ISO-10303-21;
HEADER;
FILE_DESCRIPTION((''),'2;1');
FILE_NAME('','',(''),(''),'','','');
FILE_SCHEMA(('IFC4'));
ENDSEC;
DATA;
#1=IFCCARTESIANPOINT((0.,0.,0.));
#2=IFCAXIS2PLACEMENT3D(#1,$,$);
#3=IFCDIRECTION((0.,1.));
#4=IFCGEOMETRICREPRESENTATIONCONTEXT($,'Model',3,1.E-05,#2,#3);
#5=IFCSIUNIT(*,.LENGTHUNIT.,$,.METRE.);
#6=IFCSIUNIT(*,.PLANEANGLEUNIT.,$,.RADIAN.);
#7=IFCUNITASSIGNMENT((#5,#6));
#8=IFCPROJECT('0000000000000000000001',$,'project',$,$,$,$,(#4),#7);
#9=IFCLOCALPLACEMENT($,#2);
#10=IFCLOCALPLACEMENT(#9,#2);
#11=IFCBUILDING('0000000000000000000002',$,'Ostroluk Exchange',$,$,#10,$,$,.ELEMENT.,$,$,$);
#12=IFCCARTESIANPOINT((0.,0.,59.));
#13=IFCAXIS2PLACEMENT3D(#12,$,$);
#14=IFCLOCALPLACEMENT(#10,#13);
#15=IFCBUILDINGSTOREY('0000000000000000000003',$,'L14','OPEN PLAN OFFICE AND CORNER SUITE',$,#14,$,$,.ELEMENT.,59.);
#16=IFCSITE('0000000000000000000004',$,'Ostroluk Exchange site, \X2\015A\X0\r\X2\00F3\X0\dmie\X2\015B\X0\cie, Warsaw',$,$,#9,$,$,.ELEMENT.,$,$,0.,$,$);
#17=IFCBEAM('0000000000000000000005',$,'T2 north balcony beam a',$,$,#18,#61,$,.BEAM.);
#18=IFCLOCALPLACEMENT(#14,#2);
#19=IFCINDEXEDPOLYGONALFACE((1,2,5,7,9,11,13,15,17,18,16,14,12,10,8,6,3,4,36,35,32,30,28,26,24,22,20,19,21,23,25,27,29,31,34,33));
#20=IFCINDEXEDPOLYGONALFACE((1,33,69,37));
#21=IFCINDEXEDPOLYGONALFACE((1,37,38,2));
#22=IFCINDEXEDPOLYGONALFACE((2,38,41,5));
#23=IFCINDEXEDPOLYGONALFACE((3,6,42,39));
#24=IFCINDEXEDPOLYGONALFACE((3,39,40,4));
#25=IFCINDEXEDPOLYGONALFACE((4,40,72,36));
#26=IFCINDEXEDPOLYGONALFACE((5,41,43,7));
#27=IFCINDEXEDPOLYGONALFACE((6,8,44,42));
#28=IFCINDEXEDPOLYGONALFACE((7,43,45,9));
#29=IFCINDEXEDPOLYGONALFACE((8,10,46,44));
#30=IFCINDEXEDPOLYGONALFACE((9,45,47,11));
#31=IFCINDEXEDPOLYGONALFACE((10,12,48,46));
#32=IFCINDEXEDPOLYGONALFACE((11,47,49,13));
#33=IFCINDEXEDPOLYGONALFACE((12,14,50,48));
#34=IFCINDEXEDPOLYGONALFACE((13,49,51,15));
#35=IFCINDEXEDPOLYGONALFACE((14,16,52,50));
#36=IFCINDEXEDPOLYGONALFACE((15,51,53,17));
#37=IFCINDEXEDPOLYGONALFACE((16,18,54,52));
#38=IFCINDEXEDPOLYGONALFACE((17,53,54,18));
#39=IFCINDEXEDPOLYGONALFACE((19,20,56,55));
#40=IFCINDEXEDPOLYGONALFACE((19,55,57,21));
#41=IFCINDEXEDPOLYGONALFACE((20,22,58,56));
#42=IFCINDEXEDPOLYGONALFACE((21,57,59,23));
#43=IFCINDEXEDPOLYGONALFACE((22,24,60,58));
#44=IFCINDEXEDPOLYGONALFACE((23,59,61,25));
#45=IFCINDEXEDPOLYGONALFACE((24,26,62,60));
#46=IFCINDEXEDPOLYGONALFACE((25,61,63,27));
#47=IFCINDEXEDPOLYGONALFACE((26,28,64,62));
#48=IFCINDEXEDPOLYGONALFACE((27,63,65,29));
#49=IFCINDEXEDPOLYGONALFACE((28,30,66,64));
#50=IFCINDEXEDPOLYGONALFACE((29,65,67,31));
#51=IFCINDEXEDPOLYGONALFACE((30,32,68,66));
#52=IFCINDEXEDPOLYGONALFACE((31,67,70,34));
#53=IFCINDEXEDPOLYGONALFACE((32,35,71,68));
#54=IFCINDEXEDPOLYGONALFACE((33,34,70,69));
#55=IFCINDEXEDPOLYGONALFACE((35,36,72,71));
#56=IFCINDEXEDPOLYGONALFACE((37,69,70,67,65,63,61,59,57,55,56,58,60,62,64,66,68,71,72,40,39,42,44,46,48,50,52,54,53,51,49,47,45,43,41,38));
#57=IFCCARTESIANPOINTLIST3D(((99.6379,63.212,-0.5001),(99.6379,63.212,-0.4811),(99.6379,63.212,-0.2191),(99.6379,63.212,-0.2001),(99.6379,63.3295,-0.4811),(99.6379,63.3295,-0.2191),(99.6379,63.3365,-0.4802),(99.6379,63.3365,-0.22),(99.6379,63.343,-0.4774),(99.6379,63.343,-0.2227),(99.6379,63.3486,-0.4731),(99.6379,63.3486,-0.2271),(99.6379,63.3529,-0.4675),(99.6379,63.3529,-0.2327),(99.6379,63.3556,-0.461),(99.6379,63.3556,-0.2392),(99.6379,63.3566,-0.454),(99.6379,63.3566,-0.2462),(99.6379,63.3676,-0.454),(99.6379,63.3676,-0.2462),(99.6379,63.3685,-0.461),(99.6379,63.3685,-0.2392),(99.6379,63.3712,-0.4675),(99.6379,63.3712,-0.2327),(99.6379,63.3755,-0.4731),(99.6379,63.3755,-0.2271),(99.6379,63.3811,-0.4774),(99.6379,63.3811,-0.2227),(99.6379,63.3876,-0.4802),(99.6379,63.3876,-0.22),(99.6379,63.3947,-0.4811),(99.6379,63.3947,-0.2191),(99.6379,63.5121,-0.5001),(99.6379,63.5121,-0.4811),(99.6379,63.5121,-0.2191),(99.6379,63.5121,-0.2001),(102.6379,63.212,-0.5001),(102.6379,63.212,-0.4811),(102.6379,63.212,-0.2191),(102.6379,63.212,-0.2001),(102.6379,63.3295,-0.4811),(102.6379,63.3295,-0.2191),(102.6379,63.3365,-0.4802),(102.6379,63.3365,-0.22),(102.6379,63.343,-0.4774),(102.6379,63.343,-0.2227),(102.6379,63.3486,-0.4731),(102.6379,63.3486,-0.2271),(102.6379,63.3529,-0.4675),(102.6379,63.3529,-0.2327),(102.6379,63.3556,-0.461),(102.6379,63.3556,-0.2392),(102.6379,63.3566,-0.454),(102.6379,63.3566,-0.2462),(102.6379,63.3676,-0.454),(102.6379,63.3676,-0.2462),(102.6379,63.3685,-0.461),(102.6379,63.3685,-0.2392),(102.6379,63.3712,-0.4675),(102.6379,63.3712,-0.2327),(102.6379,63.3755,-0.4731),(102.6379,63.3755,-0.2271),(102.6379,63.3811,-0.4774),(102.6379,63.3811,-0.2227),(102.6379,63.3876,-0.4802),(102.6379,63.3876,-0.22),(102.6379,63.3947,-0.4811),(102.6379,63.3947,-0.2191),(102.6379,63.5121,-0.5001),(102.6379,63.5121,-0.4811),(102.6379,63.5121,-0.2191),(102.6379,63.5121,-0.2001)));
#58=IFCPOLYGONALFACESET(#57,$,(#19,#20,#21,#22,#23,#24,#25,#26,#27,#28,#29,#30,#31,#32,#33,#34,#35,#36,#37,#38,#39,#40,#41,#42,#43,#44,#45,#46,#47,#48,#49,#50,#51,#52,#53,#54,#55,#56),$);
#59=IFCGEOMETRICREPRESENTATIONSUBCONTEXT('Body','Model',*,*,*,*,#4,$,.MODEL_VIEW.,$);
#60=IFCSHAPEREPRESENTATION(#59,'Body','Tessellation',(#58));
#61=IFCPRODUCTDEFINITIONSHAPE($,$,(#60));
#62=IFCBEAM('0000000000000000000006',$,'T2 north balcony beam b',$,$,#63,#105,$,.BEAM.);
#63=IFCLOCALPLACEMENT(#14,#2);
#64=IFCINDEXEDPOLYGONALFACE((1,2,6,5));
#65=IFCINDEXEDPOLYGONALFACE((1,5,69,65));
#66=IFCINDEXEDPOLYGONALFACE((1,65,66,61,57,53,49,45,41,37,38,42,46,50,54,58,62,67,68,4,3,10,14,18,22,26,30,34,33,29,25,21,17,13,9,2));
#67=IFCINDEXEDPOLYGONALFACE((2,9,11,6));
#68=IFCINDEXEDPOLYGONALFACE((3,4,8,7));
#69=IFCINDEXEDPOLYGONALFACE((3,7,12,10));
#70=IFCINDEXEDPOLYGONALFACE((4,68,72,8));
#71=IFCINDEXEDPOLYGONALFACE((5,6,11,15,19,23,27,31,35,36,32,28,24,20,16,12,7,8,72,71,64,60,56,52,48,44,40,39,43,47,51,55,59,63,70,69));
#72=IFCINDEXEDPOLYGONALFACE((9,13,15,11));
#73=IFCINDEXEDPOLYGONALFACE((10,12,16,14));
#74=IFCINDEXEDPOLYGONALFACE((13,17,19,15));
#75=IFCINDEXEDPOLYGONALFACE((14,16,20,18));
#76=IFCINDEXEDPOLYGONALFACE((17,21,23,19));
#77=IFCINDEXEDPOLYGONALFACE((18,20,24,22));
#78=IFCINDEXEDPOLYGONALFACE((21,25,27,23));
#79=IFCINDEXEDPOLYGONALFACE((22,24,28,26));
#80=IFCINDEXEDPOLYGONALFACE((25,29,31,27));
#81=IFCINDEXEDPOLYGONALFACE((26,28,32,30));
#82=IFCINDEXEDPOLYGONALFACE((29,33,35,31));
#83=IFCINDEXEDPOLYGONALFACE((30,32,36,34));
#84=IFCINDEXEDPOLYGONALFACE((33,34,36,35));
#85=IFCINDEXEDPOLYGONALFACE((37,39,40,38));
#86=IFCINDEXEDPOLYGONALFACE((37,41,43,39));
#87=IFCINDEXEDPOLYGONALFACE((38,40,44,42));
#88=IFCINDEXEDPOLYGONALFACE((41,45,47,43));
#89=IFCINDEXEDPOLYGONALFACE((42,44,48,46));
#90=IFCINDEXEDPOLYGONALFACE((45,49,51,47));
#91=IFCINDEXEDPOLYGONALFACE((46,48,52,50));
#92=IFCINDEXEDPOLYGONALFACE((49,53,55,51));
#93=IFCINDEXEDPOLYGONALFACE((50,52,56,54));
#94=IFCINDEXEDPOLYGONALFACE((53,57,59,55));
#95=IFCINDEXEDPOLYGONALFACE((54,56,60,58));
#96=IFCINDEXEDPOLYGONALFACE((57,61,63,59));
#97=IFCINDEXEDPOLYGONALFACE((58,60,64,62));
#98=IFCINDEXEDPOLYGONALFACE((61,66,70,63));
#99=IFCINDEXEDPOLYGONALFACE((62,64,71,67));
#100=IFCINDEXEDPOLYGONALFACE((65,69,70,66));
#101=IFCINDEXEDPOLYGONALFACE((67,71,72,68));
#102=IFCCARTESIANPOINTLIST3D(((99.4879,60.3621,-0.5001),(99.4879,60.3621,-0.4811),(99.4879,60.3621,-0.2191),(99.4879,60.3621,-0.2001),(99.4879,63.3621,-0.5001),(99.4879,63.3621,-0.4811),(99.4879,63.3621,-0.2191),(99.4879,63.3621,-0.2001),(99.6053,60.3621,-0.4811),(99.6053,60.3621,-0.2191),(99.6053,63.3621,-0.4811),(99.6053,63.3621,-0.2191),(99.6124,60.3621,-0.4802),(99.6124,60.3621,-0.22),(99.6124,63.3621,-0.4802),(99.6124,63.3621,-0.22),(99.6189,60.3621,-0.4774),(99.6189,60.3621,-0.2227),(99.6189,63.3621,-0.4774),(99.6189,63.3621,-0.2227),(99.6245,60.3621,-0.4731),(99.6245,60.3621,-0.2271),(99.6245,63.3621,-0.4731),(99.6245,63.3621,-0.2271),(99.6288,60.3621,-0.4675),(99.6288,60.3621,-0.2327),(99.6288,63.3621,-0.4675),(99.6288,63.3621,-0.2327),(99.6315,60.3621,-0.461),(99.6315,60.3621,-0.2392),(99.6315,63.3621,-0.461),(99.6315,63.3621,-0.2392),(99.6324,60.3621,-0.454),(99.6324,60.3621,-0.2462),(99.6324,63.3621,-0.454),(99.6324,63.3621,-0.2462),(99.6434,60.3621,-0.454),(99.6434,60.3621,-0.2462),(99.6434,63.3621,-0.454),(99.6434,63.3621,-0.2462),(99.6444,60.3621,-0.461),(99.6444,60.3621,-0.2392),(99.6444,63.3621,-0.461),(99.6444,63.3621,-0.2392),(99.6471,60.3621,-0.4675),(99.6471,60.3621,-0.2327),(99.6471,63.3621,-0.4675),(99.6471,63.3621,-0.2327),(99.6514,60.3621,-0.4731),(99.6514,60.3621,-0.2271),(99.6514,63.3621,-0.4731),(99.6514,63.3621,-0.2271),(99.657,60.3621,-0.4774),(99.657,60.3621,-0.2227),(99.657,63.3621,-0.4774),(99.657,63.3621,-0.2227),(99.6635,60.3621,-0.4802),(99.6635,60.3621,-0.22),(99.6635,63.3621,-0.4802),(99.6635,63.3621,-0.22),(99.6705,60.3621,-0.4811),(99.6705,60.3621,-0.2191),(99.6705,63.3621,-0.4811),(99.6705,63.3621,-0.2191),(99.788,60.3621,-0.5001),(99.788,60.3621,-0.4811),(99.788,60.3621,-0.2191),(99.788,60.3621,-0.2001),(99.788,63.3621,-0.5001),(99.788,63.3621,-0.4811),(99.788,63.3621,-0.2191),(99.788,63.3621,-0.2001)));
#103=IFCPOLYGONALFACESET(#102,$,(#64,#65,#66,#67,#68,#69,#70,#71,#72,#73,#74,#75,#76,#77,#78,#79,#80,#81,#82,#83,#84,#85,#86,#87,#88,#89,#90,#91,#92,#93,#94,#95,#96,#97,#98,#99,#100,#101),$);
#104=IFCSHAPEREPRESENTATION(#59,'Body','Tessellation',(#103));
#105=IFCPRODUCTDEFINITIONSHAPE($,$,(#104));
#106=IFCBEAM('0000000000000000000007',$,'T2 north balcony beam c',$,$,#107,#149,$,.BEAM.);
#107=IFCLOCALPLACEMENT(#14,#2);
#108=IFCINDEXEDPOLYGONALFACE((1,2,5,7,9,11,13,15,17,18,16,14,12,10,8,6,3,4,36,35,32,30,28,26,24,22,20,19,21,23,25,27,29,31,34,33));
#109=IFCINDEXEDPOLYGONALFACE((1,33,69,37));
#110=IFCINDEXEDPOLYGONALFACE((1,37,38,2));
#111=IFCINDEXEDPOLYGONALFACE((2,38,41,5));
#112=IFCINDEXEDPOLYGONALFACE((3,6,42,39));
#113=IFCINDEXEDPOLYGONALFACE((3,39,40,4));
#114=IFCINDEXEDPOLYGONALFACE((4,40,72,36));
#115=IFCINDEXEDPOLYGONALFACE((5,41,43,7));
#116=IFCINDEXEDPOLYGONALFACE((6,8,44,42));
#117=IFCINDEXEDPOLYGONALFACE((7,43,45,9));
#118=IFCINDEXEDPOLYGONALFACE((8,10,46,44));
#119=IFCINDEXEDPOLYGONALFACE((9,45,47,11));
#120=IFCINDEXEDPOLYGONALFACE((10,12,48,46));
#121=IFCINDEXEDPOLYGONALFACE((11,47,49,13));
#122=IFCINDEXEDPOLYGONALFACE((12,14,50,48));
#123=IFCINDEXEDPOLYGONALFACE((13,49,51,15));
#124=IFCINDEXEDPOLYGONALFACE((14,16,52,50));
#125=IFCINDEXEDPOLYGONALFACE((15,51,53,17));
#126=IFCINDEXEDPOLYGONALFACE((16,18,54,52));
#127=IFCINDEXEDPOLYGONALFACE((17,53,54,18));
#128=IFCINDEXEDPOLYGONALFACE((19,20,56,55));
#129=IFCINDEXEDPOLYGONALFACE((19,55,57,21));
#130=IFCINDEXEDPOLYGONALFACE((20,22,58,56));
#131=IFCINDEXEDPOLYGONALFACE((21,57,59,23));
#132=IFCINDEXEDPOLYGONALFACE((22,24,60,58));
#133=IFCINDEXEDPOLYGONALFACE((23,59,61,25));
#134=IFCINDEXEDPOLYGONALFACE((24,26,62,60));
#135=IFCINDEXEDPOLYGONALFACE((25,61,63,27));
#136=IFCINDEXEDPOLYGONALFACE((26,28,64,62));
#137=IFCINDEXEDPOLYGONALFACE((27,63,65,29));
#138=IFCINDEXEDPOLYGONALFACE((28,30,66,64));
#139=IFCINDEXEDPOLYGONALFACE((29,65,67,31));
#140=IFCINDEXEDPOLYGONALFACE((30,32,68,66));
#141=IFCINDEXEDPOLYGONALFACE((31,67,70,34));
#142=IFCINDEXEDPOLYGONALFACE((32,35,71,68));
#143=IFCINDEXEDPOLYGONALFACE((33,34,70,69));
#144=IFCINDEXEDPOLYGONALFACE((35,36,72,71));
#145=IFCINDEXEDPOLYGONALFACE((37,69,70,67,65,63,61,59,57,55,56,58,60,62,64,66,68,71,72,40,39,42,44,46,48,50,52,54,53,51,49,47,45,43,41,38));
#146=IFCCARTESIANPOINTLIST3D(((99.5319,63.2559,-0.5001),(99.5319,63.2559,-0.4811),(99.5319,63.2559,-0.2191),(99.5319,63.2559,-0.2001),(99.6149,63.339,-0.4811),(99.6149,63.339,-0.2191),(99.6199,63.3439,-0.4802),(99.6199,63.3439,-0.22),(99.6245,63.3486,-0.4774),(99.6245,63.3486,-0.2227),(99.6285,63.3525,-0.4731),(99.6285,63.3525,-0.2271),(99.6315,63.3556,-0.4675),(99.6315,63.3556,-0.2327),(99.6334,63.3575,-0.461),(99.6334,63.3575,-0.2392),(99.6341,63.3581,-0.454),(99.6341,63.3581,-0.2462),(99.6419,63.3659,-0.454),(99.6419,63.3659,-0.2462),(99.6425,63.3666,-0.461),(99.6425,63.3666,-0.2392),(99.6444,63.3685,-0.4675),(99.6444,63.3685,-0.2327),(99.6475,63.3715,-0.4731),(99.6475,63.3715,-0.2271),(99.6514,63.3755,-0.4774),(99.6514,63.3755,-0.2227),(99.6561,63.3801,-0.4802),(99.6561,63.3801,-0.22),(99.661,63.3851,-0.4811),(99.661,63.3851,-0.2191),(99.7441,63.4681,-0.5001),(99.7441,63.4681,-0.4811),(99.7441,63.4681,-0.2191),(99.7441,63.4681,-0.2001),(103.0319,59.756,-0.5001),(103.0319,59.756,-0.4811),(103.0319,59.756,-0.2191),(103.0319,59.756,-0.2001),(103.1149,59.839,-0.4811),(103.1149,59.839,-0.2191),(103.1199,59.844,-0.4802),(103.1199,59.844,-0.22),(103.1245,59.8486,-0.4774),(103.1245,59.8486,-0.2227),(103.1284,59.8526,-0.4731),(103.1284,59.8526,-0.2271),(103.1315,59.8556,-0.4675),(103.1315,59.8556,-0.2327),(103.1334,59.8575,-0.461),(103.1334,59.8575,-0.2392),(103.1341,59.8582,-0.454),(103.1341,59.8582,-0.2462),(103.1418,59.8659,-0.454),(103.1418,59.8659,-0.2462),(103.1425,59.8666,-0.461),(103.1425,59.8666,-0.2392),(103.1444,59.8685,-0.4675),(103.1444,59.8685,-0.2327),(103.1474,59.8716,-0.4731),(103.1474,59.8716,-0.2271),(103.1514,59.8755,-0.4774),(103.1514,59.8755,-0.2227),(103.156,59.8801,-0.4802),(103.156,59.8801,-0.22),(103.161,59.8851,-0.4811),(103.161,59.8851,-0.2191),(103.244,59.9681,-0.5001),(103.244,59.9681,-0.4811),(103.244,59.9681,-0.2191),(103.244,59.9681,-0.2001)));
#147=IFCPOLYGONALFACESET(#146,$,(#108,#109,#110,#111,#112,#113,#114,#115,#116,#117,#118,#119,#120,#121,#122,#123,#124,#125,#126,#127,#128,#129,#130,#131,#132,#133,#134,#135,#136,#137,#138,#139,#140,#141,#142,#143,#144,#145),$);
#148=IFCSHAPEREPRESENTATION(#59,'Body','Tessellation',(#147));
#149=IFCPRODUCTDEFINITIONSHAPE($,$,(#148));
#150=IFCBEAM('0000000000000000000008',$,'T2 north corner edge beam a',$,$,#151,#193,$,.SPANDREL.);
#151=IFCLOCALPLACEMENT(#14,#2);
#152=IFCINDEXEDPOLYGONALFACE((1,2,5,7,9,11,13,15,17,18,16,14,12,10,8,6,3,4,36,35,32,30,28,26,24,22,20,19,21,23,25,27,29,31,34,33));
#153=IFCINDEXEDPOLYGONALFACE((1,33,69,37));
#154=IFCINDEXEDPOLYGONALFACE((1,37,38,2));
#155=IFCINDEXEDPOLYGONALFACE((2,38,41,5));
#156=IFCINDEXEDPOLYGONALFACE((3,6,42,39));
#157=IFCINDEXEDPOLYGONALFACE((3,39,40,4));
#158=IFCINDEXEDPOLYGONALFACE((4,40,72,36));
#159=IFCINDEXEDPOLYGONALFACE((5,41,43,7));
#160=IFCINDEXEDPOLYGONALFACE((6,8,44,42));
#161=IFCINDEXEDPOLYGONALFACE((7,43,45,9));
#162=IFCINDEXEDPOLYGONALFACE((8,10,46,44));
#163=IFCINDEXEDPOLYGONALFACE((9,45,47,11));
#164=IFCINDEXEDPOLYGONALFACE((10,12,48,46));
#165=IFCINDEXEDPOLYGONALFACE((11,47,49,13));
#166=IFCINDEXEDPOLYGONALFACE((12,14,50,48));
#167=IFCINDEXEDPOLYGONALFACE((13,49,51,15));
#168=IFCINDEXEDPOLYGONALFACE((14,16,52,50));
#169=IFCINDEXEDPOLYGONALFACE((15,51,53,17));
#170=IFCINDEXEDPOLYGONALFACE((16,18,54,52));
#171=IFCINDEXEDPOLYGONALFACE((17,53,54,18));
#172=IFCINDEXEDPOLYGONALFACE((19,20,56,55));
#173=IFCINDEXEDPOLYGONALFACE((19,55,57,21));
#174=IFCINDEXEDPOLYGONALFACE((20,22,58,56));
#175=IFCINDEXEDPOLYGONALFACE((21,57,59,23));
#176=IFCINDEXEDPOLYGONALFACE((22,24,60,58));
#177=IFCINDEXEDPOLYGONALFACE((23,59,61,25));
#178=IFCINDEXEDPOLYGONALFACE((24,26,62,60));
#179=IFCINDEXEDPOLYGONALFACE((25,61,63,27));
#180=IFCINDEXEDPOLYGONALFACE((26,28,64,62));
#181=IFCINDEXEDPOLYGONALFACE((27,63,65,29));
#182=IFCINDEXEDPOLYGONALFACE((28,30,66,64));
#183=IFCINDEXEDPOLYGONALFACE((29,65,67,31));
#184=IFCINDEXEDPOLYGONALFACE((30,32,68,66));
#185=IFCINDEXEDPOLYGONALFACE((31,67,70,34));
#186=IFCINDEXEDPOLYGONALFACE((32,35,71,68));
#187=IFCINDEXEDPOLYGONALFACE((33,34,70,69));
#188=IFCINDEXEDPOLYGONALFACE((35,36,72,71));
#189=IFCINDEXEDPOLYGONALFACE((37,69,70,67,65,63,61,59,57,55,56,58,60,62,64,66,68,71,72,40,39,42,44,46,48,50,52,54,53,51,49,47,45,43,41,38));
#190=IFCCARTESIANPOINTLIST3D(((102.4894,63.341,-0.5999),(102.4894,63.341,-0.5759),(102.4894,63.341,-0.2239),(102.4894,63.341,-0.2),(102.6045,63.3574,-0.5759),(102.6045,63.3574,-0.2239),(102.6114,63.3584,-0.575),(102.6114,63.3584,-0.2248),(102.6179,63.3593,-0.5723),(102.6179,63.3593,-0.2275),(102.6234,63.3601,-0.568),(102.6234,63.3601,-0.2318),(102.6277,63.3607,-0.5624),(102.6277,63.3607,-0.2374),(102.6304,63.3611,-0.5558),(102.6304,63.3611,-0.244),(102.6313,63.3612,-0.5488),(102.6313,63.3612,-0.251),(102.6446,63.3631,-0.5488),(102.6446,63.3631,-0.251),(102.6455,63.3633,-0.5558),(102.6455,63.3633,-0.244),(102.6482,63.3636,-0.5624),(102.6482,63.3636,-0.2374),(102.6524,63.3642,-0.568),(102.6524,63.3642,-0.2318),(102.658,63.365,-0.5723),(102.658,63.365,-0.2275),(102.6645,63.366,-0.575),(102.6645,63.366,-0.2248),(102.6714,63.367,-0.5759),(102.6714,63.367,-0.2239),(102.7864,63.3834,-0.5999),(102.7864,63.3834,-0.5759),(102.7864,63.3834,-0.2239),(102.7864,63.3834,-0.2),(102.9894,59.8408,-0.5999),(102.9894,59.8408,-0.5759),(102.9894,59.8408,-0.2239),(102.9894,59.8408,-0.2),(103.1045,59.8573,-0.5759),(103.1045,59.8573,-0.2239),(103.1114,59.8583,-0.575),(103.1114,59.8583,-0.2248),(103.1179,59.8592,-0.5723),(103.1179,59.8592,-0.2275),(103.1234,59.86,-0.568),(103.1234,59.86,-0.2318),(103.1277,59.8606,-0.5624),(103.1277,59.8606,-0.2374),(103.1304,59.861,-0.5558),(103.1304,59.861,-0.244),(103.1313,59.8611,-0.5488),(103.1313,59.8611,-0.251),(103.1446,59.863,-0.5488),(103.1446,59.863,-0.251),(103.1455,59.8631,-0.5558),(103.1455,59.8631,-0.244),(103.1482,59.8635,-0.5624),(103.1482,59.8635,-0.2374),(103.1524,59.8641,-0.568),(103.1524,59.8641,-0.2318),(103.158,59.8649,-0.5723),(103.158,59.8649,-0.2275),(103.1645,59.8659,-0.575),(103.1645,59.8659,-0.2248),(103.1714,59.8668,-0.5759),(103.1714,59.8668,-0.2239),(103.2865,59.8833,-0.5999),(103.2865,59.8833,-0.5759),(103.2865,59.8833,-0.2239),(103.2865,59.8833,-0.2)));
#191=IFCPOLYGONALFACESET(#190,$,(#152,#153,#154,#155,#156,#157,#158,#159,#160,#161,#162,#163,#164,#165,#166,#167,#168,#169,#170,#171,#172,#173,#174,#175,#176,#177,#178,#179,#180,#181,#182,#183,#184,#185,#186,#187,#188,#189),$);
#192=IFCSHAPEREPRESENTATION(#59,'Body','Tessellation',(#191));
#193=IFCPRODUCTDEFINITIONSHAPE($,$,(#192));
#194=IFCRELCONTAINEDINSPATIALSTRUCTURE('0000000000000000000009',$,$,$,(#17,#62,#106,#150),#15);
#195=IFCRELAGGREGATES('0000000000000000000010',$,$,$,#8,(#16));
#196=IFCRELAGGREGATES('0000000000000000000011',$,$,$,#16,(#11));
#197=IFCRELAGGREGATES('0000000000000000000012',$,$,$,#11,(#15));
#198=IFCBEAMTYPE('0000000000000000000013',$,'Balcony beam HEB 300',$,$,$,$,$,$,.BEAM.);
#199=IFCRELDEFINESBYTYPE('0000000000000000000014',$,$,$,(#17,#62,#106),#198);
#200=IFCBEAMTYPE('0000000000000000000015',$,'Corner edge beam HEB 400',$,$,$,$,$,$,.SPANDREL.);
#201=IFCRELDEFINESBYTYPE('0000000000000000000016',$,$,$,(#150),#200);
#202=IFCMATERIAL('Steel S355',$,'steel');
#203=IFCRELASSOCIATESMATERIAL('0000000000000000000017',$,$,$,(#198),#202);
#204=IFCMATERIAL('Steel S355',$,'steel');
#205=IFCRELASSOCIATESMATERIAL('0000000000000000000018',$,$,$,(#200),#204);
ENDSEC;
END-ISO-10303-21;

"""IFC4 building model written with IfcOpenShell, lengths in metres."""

from ifc_helpers import new_model, si_unit, direction, frame, origin, origin_2d, place, context, subcontext, project, spatial, i_section, extrude, material, material_profile, profile_set, type_object, element, save


model = new_model("IFC4")

# Units and contexts
model_context = context("Model", 3, precision=1e-05, world=origin(), true_north=direction((0.0, 1.0)))
body_context = subcontext(model_context, "Body", "Model", "MODEL_VIEW")
ifc_project = project(units=[si_unit("LENGTHUNIT", "METRE"), si_unit("PLANEANGLEUNIT", "RADIAN")], contexts=[model_context])

# Site, building, storey
site_placement = place(None, origin())
site = spatial("IfcSite", under=ifc_project, at=site_placement, Name="Ostroluk Exchange site, Śródmieście, Warsaw", CompositionType="ELEMENT", RefElevation=0.0)
building_placement = place(site_placement, origin())
building = spatial("IfcBuilding", under=site, at=building_placement, Name="Ostroluk Exchange", CompositionType="ELEMENT")
storey_placement = place(building_placement, frame((0.0, 0.0, 59.0)))
storey = spatial("IfcBuildingStorey", under=building, at=storey_placement, Name="L14", Description="OPEN PLAN OFFICE AND CORNER SUITE", CompositionType="ELEMENT", Elevation=59.0)

# Beams
ifc_material_1 = material(Name="Steel S355", Category="steel")
ifc_material_profile_1 = material_profile(ifc_material_1, i_section(OverallWidth=0.3, OverallDepth=0.3, WebThickness=0.011, FlangeThickness=0.019, FilletRadius=0.0271, at=origin_2d()), Name="HEB 300")
ifc_profile_set_1 = profile_set([ifc_material_profile_1], Name="Steel S355")
beam_type_1 = type_object("IfcBeamType", Name="Balcony beam HEB 300", PredefinedType="BEAM", material=ifc_profile_set_1)
for number, where, z_axis, x_axis, name in (
    (1, (102.6379, 63.3621, -0.3501), (-1.0, 0.0, 0.0), (0.0, -1.0, 0.0), "T2 north balcony beam a"),
    (2, (99.6379, 60.3621, -0.3501), (0.0, 1.0, 0.0), (-1.0, 0.0, 0.0), "T2 north balcony beam b"),
):
    element("IfcBeam", number, at=place(storey_placement, frame(where, z_axis=z_axis, x_axis=x_axis)), inside=storey, type_object=beam_type_1, Name=name, PredefinedType="BEAM", context=body_context, shape_type="SweptSolid", body=[
        extrude(i_section(OverallWidth=0.3, OverallDepth=0.3, WebThickness=0.011, FlangeThickness=0.019, FilletRadius=0.0271, at=origin_2d()), origin(), (0.0, 0.0, 1.0), 3.0),
    ])
beam_1_placement = place(storey_placement, frame((103.1379, 59.8621, -0.3501), z_axis=(-0.707107, 0.707107, 0.0), x_axis=(-0.707107, -0.707107, 0.0)))
element("IfcBeam", 3, at=beam_1_placement, inside=storey, type_object=beam_type_1, Name="T2 north balcony beam c", PredefinedType="BEAM", context=body_context, shape_type="SweptSolid", body=[
    extrude(i_section(OverallWidth=0.3, OverallDepth=0.3, WebThickness=0.011, FlangeThickness=0.019, FilletRadius=0.0271, at=origin_2d()), origin(), (0.0, 0.0, 1.0), 4.9497),
])
ifc_material_2 = material(Name="Steel S355", Category="steel")
ifc_material_profile_2 = material_profile(ifc_material_2, i_section(OverallWidth=0.3, OverallDepth=0.3999, WebThickness=0.0134, FlangeThickness=0.0239, FilletRadius=0.0271, at=origin_2d()), Name="HEB 400")
ifc_profile_set_2 = profile_set([ifc_material_profile_2], Name="Steel S355")
beam_type_2 = type_object("IfcBeamType", Name="Corner edge beam HEB 400", PredefinedType="SPANDREL", material=ifc_profile_set_2)
for number, where, z_axis, x_axis, name in (
    (4, (103.1379, 59.8621, -0.3999), (-0.141421, 0.989949, 0.0), (-0.989949, -0.141421, 0.0), "T2 north corner edge beam a"),
):
    element("IfcBeam", number, at=place(storey_placement, frame(where, z_axis=z_axis, x_axis=x_axis)), inside=storey, type_object=beam_type_2, Name=name, PredefinedType="SPANDREL", context=body_context, shape_type="SweptSolid", body=[
        extrude(i_section(OverallWidth=0.3, OverallDepth=0.3999, WebThickness=0.0134, FlangeThickness=0.0239, FilletRadius=0.0271, at=origin_2d()), origin(), (0.0, 0.0, 1.0), 3.5356),
    ])

save(model, "model.ifc")
